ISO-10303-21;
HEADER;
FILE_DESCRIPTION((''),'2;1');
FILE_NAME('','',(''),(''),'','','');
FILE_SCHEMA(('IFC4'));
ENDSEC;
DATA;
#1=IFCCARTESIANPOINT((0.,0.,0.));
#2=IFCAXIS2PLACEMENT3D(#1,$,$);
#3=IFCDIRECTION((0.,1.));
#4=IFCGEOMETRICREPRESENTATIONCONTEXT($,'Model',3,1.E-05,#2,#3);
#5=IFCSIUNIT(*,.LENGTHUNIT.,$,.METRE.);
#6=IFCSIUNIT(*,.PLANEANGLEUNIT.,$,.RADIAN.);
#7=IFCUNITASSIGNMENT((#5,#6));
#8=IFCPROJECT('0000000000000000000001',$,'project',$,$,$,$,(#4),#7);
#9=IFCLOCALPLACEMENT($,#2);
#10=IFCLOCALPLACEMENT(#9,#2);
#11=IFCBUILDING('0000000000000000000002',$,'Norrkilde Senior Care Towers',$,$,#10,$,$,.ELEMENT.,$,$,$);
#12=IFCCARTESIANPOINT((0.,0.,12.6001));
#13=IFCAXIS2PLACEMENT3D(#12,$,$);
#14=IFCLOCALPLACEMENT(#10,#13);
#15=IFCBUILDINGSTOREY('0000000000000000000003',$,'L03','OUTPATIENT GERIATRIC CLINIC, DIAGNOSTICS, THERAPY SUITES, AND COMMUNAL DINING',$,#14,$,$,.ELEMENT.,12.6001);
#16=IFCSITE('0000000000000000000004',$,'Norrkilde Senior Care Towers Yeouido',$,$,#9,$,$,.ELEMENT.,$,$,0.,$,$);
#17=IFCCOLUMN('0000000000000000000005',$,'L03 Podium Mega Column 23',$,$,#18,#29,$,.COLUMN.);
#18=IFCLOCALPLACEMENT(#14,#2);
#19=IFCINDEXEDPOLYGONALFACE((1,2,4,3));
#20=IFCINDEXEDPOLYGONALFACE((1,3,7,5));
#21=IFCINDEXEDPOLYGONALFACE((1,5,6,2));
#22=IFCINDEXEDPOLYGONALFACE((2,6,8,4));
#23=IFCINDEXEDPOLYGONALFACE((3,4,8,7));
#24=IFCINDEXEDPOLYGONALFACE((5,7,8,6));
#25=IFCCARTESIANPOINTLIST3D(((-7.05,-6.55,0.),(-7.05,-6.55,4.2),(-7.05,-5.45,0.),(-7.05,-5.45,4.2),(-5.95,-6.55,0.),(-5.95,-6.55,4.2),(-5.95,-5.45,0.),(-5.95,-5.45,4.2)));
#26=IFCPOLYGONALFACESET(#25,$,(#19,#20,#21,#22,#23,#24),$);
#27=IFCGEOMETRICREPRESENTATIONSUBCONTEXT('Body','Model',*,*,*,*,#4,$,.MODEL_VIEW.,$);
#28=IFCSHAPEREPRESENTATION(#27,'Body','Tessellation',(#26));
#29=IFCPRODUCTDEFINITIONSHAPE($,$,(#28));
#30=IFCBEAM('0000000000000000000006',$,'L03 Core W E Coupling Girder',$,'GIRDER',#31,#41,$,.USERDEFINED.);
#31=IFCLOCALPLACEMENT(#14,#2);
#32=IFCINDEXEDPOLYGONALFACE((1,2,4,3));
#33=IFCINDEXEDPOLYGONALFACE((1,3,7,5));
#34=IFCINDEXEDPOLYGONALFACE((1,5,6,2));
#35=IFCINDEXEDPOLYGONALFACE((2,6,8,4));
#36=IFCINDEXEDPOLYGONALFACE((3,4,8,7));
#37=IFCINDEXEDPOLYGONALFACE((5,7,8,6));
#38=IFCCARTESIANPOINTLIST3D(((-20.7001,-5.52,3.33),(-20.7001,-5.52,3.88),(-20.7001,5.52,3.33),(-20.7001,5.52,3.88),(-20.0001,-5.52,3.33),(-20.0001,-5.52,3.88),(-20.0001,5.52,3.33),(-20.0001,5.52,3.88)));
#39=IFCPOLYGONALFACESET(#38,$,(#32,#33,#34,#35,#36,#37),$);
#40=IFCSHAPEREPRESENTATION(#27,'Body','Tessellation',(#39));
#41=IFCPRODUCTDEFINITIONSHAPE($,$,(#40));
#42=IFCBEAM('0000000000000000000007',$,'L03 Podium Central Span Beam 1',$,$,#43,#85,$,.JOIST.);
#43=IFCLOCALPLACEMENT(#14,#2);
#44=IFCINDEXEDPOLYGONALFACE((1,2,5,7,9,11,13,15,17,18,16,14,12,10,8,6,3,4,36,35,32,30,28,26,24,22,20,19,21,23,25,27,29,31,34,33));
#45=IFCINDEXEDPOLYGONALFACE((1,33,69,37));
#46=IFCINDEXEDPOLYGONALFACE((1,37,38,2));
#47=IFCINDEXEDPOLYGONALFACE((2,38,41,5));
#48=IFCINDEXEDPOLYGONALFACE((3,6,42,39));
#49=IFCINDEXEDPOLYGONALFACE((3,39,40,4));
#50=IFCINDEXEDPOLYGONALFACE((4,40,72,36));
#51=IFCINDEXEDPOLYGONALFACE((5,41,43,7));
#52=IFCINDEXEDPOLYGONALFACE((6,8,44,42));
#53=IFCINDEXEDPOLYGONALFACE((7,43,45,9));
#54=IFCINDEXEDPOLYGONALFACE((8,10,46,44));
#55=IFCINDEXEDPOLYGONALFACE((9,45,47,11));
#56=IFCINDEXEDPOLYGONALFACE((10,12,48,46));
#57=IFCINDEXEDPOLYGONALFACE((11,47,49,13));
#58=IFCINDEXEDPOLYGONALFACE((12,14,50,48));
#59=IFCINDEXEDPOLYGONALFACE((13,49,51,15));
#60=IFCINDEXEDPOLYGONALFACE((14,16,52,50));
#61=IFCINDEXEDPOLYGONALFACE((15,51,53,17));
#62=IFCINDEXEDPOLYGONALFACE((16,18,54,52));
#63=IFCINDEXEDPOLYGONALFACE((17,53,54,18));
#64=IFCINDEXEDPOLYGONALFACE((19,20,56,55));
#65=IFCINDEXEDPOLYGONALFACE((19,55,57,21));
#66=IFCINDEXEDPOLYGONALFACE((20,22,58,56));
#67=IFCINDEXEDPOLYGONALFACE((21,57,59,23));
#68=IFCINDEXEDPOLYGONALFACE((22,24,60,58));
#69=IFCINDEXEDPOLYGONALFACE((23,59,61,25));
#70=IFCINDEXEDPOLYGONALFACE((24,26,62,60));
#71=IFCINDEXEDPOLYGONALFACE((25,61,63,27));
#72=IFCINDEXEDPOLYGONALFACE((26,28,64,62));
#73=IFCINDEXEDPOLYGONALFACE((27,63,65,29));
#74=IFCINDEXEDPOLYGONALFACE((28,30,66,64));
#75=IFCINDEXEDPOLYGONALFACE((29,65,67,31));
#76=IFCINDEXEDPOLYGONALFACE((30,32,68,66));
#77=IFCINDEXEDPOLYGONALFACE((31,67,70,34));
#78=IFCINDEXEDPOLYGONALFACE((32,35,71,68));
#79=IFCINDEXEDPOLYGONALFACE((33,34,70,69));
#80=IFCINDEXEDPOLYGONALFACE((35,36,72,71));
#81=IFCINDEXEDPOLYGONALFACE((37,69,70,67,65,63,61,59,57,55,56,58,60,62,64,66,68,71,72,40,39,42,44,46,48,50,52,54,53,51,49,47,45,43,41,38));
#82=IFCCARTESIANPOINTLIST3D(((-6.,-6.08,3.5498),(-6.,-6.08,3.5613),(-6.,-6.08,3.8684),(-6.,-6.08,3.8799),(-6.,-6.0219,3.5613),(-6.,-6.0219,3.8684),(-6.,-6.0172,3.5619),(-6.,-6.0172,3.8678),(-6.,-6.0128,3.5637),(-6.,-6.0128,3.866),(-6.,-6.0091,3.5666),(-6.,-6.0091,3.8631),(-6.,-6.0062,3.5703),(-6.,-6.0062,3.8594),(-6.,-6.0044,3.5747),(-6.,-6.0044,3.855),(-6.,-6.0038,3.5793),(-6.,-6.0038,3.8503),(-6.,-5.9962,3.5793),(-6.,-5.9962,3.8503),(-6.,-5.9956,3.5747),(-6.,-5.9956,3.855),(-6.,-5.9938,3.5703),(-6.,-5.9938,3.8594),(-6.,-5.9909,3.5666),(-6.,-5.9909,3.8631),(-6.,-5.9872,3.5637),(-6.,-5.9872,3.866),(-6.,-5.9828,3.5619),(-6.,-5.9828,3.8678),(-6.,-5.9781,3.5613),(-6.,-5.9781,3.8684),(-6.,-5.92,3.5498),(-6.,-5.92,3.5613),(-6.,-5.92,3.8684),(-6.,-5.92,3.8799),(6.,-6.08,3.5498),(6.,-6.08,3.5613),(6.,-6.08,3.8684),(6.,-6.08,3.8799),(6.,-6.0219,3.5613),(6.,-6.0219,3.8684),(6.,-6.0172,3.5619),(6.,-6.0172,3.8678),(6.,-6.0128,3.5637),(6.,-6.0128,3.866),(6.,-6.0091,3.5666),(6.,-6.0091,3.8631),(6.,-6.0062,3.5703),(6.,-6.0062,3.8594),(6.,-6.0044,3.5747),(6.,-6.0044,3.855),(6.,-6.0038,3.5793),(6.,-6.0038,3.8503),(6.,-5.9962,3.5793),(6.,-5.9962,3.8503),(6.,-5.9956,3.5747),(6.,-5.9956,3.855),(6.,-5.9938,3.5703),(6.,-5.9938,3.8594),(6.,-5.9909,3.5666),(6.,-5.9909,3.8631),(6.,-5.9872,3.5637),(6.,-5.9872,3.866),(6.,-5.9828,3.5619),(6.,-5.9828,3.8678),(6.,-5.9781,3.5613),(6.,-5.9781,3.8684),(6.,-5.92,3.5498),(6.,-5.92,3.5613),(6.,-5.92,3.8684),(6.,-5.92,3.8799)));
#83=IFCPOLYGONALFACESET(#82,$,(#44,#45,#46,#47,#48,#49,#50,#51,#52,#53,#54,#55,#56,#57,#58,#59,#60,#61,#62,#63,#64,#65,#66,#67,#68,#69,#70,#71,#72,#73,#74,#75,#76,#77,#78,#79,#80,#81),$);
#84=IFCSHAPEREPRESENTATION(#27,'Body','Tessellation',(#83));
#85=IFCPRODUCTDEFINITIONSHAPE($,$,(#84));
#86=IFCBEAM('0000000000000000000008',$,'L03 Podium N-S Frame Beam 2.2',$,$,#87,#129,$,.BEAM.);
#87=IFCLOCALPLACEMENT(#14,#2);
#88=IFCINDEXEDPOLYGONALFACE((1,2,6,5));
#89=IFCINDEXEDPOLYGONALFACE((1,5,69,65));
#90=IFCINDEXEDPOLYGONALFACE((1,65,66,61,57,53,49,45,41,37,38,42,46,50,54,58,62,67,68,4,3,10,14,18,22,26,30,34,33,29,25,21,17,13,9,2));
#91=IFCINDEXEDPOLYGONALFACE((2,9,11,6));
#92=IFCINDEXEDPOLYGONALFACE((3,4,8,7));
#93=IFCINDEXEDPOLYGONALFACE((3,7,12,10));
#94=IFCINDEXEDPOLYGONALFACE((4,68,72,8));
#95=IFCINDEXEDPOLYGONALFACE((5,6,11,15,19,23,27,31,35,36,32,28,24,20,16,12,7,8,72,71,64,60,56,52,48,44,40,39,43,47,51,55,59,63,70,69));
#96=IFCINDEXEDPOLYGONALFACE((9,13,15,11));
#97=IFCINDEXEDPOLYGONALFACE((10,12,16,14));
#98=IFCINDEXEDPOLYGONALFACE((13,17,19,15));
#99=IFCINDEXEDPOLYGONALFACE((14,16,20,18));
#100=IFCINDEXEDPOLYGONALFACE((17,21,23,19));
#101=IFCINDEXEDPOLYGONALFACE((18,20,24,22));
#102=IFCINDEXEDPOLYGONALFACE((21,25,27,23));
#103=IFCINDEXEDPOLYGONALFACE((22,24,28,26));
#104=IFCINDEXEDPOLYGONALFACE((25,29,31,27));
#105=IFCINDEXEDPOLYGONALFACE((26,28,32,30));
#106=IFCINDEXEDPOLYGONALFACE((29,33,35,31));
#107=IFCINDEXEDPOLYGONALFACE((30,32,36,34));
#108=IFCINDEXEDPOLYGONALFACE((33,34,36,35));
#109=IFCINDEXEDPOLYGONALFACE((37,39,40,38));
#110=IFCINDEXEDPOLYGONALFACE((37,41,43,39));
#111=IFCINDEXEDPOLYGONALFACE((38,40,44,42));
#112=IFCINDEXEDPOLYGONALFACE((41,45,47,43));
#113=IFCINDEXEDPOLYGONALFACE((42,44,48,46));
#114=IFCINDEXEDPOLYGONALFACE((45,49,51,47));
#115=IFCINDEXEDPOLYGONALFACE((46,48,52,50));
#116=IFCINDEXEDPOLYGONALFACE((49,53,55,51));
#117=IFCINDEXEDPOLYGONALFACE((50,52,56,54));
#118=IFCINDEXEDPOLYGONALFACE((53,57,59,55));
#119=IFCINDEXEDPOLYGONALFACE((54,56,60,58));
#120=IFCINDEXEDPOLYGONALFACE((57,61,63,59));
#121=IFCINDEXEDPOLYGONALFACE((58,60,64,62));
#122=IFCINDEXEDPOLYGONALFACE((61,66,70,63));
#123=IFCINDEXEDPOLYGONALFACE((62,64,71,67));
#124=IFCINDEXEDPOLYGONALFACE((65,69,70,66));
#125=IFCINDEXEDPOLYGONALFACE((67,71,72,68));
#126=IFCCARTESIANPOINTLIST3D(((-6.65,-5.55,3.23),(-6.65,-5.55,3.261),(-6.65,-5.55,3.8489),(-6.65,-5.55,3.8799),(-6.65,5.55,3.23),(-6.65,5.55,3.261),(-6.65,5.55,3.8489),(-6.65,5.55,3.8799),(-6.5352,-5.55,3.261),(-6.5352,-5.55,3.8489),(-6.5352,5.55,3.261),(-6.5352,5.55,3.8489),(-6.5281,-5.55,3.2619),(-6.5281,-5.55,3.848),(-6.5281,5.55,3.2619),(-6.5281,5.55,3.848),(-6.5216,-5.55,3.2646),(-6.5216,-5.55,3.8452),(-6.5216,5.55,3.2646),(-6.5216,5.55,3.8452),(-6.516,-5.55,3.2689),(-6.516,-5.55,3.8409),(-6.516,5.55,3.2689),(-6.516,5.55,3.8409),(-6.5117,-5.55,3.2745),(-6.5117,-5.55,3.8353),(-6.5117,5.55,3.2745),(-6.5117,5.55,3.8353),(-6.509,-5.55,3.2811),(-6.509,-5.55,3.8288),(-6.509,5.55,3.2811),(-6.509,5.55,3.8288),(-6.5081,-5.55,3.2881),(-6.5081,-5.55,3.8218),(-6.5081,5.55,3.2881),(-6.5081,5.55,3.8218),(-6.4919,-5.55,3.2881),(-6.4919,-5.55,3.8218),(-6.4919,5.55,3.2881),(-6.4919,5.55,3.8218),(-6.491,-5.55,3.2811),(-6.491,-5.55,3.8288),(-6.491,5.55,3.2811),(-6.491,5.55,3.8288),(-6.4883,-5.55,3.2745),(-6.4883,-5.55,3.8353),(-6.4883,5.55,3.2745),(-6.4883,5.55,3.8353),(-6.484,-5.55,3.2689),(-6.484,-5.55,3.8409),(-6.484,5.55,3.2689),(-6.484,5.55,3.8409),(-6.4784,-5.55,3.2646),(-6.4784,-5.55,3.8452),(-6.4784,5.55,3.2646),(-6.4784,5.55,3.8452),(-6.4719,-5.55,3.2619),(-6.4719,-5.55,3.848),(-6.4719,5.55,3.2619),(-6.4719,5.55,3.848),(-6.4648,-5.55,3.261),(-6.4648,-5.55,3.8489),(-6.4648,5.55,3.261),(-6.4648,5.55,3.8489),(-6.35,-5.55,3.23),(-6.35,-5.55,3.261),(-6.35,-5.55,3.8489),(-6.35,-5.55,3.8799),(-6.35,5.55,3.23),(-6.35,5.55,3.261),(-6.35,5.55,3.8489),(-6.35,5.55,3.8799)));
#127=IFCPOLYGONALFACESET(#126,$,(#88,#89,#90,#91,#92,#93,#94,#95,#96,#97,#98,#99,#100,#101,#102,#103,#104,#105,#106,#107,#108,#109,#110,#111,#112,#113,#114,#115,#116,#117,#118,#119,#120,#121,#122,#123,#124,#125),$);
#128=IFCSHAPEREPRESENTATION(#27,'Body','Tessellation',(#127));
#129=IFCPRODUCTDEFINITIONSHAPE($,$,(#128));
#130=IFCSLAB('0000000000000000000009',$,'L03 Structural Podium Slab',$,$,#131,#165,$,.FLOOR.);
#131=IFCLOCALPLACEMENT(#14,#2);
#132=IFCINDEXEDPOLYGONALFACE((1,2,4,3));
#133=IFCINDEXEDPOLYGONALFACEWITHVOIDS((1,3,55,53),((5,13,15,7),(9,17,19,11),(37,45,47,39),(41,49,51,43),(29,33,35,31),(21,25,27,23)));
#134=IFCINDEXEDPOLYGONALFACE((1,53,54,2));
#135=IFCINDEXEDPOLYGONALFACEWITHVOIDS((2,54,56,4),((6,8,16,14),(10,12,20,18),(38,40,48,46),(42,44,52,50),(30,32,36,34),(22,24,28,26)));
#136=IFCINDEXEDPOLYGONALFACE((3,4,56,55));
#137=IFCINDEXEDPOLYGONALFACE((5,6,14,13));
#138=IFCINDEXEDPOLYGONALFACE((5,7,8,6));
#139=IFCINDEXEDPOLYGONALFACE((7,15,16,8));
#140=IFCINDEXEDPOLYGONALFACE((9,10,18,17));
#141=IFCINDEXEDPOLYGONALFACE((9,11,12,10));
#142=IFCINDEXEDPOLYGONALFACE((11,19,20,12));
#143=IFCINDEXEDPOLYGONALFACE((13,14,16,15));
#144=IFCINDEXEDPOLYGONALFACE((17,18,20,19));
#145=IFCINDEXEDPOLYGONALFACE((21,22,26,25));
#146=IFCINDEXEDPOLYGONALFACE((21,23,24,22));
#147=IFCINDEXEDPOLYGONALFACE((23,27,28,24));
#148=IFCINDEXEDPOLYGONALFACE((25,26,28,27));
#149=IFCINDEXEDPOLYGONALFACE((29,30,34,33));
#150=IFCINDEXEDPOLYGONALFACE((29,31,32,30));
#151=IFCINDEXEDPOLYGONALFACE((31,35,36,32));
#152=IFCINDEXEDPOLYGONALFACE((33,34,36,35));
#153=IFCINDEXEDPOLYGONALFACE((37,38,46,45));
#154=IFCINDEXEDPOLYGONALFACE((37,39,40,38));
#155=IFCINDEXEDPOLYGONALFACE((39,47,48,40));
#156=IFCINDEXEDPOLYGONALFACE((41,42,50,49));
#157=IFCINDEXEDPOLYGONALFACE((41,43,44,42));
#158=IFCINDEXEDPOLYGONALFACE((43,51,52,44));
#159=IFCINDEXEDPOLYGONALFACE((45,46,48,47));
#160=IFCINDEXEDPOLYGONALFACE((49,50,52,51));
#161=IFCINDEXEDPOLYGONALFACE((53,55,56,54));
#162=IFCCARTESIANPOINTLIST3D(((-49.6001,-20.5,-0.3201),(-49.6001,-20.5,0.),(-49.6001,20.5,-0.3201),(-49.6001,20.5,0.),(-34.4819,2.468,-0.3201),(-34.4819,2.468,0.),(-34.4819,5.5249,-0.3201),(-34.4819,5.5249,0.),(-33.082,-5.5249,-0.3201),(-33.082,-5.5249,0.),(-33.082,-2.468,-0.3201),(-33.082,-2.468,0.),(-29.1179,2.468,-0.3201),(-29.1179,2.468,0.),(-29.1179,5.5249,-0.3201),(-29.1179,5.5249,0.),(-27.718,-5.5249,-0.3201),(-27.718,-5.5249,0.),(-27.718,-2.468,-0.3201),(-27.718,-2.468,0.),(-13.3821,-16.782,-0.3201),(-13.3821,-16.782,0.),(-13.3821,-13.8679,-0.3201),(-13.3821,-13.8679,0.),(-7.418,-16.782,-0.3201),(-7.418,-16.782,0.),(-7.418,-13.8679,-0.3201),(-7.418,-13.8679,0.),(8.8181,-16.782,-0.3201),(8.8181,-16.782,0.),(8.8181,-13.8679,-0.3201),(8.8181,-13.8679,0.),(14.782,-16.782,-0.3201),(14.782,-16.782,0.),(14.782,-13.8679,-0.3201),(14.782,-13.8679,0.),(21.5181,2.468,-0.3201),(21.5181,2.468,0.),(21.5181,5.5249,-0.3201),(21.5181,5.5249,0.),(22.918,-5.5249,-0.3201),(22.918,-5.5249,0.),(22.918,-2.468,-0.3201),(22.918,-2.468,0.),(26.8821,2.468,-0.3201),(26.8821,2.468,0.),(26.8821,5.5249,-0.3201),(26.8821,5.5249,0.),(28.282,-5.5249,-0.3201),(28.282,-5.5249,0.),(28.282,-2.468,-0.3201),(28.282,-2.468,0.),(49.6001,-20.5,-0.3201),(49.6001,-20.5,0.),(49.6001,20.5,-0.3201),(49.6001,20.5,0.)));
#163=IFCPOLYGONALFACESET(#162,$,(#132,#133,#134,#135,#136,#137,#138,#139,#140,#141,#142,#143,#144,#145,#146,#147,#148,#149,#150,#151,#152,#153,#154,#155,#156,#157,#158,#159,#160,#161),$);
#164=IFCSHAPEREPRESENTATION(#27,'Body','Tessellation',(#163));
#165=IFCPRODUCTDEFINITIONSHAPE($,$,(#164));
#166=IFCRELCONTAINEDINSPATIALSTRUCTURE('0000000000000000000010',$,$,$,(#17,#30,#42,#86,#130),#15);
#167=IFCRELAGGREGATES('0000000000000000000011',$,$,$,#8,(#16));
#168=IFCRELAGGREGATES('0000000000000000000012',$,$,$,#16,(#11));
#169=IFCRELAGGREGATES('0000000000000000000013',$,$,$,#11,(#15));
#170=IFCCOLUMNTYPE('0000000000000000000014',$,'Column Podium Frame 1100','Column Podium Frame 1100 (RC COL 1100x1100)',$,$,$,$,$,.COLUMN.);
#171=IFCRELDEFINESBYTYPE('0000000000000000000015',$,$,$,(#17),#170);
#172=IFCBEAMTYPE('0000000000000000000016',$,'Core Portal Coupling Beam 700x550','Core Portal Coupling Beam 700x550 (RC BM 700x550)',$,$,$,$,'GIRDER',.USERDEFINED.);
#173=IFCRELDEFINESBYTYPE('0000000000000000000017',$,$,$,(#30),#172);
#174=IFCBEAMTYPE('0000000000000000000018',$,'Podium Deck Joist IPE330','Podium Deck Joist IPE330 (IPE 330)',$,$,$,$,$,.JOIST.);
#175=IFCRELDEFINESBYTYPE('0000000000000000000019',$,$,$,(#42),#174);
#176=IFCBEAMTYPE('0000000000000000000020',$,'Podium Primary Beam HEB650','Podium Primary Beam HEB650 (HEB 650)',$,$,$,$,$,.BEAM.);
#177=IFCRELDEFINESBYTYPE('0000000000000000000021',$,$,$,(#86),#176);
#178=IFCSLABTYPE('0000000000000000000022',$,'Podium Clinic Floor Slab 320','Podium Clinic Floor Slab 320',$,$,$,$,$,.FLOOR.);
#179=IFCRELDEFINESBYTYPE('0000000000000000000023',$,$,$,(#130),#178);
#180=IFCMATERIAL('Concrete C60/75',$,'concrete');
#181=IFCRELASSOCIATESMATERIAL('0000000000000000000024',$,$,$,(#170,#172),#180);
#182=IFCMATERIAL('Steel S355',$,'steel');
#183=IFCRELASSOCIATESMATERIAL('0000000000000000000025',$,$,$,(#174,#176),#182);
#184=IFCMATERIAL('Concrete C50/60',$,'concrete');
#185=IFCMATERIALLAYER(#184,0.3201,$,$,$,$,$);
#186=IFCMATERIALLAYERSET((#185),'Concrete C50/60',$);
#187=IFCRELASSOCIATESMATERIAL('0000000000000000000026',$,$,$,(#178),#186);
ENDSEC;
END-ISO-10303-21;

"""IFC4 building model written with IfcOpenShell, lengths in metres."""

from ifc_helpers import new_model, si_unit, direction, frame, origin, origin_2d, place, context, subcontext, project, spatial, polyline, rectangle, i_section, outline, extrude, source, transform, mapped, material, layer, layer_set, material_profile, profile_set, type_object, type_shapes, element, save


model = new_model("IFC4")

# Units and contexts
model_context = context("Model", 3, precision=1e-05, world=origin(), true_north=direction((0.0, 1.0)))
body_context = subcontext(model_context, "Body", "Model", "MODEL_VIEW")
ifc_project = project(units=[si_unit("LENGTHUNIT", "METRE"), si_unit("PLANEANGLEUNIT", "RADIAN")], contexts=[model_context])

# Site, building, storey
site_placement = place(None, origin())
site = spatial("IfcSite", under=ifc_project, at=site_placement, Name="Norrkilde Senior Care Towers Yeouido", CompositionType="ELEMENT", RefElevation=0.0)
building_placement = place(site_placement, origin())
building = spatial("IfcBuilding", under=site, at=building_placement, Name="Norrkilde Senior Care Towers", CompositionType="ELEMENT")
storey_placement = place(building_placement, frame((0.0, 0.0, 12.6001)))
storey = spatial("IfcBuildingStorey", under=building, at=storey_placement, Name="L03", Description="OUTPATIENT GERIATRIC CLINIC, DIAGNOSTICS, THERAPY SUITES, AND COMMUNAL DINING", CompositionType="ELEMENT", Elevation=12.6001)

# Column
ifc_material_1 = material(Name="Concrete C60/75", Category="concrete")
ifc_material_profile_1 = material_profile(ifc_material_1, rectangle(XDim=1.1001, YDim=1.1001, at=origin_2d()), Name="RC COL 1100x1100")
ifc_profile_set_1 = profile_set([ifc_material_profile_1], Name="Concrete C60/75")
column_type = type_object("IfcColumnType", Name="Column Podium Frame 1100", Description="Column Podium Frame 1100 (RC COL 1100x1100)", PredefinedType="COLUMN", material=ifc_profile_set_1)
shared_shape_1 = source(origin(), body_context, "Body", "SweptSolid", [
    extrude(rectangle(XDim=1.1001, YDim=1.1001, at=origin_2d()), origin(), (0.0, 0.0, 1.0), 4.2),
])
type_shapes(column_type, [shared_shape_1])
column_placement = place(storey_placement, frame((-6.5, -6.0, 0.0), z_axis=(0.0, 0.0, 1.0), x_axis=(1.0, 0.0, 0.0)))
element("IfcColumn", 1, at=column_placement, inside=storey, type_object=column_type, Name="L03 Podium Mega Column 23", PredefinedType="COLUMN", context=body_context, shape_type="MappedRepresentation", body=[
    mapped(shared_shape_1, transform((0.0, 0.0, 0.0), x_axis=(1.0, 0.0, 0.0), y_axis=(0.0, 1.0, 0.0), z_axis=(0.0, 0.0, 1.0), scale=1.0)),
])

# Beams
ifc_material_profile_2 = material_profile(ifc_material_1, rectangle(XDim=0.7, YDim=0.55, at=origin_2d()), Name="RC BM 700x550")
ifc_profile_set_2 = profile_set([ifc_material_profile_2], Name="Concrete C60/75")
beam_type_1 = type_object("IfcBeamType", Name="Core Portal Coupling Beam 700x550", Description="Core Portal Coupling Beam 700x550 (RC BM 700x550)", ElementType="GIRDER", PredefinedType="USERDEFINED", material=ifc_profile_set_2)
shared_shape_2 = source(origin(), body_context, "Body", "SweptSolid", [
    extrude(rectangle(XDim=0.7, YDim=0.55, at=origin_2d()), origin(), (0.0, 0.0, 1.0), 11.04),
])
type_shapes(beam_type_1, [shared_shape_2])
beam_1_placement = place(storey_placement, frame((-20.3501, -5.52, 3.605), z_axis=(0.0, 1.0, 0.0), x_axis=(-1.0, 0.0, 0.0)))
element("IfcBeam", 2, at=beam_1_placement, inside=storey, type_object=beam_type_1, Name="L03 Core W E Coupling Girder", ObjectType="GIRDER", PredefinedType="USERDEFINED", context=body_context, shape_type="MappedRepresentation", body=[
    mapped(shared_shape_2, transform((0.0, 0.0, 0.0), x_axis=(1.0, 0.0, 0.0), y_axis=(0.0, 1.0, 0.0), z_axis=(0.0, 0.0, 1.0), scale=1.0)),
])
ifc_material_2 = material(Name="Steel S355", Category="steel")
ifc_material_profile_3 = material_profile(ifc_material_2, i_section(OverallWidth=0.1599, OverallDepth=0.3301, WebThickness=0.0076, FlangeThickness=0.0115, FilletRadius=0.0181, at=origin_2d()), Name="IPE 330")
ifc_profile_set_3 = profile_set([ifc_material_profile_3], Name="Steel S355")
beam_type_2 = type_object("IfcBeamType", Name="Podium Deck Joist IPE330", Description="Podium Deck Joist IPE330 (IPE 330)", PredefinedType="JOIST", material=ifc_profile_set_3)
shared_shape_3 = source(origin(), body_context, "Body", "SweptSolid", [
    extrude(i_section(OverallWidth=0.1599, OverallDepth=0.3301, WebThickness=0.0076, FlangeThickness=0.0115, FilletRadius=0.0181, at=origin_2d()), origin(), (0.0, 0.0, 1.0), 12.0),
])
type_shapes(beam_type_2, [shared_shape_3])
beam_2_placement = place(storey_placement, frame((-6.0, -6.0, 3.7148), z_axis=(1.0, 0.0, 0.0), x_axis=(0.0, 1.0, 0.0)))
element("IfcBeam", 3, at=beam_2_placement, inside=storey, type_object=beam_type_2, Name="L03 Podium Central Span Beam 1", PredefinedType="JOIST", context=body_context, shape_type="MappedRepresentation", body=[
    mapped(shared_shape_3, transform((0.0, 0.0, 0.0), x_axis=(1.0, 0.0, 0.0), y_axis=(0.0, 1.0, 0.0), z_axis=(0.0, 0.0, 1.0), scale=1.0)),
])
ifc_material_profile_4 = material_profile(ifc_material_2, i_section(OverallWidth=0.3, OverallDepth=0.6499, WebThickness=0.0161, FlangeThickness=0.031, FilletRadius=0.0271, at=origin_2d()), Name="HEB 650")
ifc_profile_set_4 = profile_set([ifc_material_profile_4], Name="Steel S355")
beam_type_3 = type_object("IfcBeamType", Name="Podium Primary Beam HEB650", Description="Podium Primary Beam HEB650 (HEB 650)", PredefinedType="BEAM", material=ifc_profile_set_4)
shared_shape_4 = source(origin(), body_context, "Body", "SweptSolid", [
    extrude(i_section(OverallWidth=0.3, OverallDepth=0.6499, WebThickness=0.0161, FlangeThickness=0.031, FilletRadius=0.0271, at=origin_2d()), origin(), (0.0, 0.0, 1.0), 11.1001),
])
type_shapes(beam_type_3, [shared_shape_4])
beam_3_placement = place(storey_placement, frame((-6.5, -5.55, 3.5549), z_axis=(0.0, 1.0, 0.0), x_axis=(-1.0, 0.0, 0.0)))
element("IfcBeam", 4, at=beam_3_placement, inside=storey, type_object=beam_type_3, Name="L03 Podium N-S Frame Beam 2.2", PredefinedType="BEAM", context=body_context, shape_type="MappedRepresentation", body=[
    mapped(shared_shape_4, transform((0.0, 0.0, 0.0), x_axis=(1.0, 0.0, 0.0), y_axis=(0.0, 1.0, 0.0), z_axis=(0.0, 0.0, 1.0), scale=1.0)),
])

# Slab
ifc_material_3 = material(Name="Concrete C50/60", Category="concrete")
ifc_layer_1 = layer(ifc_material_3, 0.3201)
ifc_layer_set_1 = layer_set([ifc_layer_1], Name="Concrete C50/60")
slab_type = type_object("IfcSlabType", Name="Podium Clinic Floor Slab 320", Description="Podium Clinic Floor Slab 320", PredefinedType="FLOOR", material=ifc_layer_set_1)
slab_placement = place(storey_placement, frame((0.0, 0.0, -0.3201)))
element("IfcSlab", 5, at=slab_placement, inside=storey, type_object=slab_type, Name="L03 Structural Podium Slab", PredefinedType="FLOOR", context=body_context, shape_type="SweptSolid", body=[
    extrude(outline(polyline([(-49.6001, 20.5), (49.6001, 20.5), (49.6001, -20.5), (-49.6001, -20.5), (-49.6001, 20.5)]), holes=[polyline([(-34.4819, 2.468), (-29.1179, 2.468), (-29.1179, 5.5249), (-34.4819, 5.5249), (-34.4819, 2.468)]), polyline([(-27.718, -5.5249), (-27.718, -2.468), (-33.082, -2.468), (-33.082, -5.5249), (-27.718, -5.5249)]), polyline([(26.8821, 5.5249), (21.5181, 5.5249), (21.5181, 2.468), (26.8821, 2.468), (26.8821, 5.5249)]), polyline([(22.918, -2.468), (22.918, -5.5249), (28.282, -5.5249), (28.282, -2.468), (22.918, -2.468)]), polyline([(-7.418, -13.8679), (-13.3821, -13.8679), (-13.3821, -16.782), (-7.418, -16.782), (-7.418, -13.8679)]), polyline([(14.782, -16.782), (14.782, -13.8679), (8.8181, -13.8679), (8.8181, -16.782), (14.782, -16.782)])]), origin(), (0.0, 0.0, 1.0), 0.3201),
])

save(model, "model.ifc")
